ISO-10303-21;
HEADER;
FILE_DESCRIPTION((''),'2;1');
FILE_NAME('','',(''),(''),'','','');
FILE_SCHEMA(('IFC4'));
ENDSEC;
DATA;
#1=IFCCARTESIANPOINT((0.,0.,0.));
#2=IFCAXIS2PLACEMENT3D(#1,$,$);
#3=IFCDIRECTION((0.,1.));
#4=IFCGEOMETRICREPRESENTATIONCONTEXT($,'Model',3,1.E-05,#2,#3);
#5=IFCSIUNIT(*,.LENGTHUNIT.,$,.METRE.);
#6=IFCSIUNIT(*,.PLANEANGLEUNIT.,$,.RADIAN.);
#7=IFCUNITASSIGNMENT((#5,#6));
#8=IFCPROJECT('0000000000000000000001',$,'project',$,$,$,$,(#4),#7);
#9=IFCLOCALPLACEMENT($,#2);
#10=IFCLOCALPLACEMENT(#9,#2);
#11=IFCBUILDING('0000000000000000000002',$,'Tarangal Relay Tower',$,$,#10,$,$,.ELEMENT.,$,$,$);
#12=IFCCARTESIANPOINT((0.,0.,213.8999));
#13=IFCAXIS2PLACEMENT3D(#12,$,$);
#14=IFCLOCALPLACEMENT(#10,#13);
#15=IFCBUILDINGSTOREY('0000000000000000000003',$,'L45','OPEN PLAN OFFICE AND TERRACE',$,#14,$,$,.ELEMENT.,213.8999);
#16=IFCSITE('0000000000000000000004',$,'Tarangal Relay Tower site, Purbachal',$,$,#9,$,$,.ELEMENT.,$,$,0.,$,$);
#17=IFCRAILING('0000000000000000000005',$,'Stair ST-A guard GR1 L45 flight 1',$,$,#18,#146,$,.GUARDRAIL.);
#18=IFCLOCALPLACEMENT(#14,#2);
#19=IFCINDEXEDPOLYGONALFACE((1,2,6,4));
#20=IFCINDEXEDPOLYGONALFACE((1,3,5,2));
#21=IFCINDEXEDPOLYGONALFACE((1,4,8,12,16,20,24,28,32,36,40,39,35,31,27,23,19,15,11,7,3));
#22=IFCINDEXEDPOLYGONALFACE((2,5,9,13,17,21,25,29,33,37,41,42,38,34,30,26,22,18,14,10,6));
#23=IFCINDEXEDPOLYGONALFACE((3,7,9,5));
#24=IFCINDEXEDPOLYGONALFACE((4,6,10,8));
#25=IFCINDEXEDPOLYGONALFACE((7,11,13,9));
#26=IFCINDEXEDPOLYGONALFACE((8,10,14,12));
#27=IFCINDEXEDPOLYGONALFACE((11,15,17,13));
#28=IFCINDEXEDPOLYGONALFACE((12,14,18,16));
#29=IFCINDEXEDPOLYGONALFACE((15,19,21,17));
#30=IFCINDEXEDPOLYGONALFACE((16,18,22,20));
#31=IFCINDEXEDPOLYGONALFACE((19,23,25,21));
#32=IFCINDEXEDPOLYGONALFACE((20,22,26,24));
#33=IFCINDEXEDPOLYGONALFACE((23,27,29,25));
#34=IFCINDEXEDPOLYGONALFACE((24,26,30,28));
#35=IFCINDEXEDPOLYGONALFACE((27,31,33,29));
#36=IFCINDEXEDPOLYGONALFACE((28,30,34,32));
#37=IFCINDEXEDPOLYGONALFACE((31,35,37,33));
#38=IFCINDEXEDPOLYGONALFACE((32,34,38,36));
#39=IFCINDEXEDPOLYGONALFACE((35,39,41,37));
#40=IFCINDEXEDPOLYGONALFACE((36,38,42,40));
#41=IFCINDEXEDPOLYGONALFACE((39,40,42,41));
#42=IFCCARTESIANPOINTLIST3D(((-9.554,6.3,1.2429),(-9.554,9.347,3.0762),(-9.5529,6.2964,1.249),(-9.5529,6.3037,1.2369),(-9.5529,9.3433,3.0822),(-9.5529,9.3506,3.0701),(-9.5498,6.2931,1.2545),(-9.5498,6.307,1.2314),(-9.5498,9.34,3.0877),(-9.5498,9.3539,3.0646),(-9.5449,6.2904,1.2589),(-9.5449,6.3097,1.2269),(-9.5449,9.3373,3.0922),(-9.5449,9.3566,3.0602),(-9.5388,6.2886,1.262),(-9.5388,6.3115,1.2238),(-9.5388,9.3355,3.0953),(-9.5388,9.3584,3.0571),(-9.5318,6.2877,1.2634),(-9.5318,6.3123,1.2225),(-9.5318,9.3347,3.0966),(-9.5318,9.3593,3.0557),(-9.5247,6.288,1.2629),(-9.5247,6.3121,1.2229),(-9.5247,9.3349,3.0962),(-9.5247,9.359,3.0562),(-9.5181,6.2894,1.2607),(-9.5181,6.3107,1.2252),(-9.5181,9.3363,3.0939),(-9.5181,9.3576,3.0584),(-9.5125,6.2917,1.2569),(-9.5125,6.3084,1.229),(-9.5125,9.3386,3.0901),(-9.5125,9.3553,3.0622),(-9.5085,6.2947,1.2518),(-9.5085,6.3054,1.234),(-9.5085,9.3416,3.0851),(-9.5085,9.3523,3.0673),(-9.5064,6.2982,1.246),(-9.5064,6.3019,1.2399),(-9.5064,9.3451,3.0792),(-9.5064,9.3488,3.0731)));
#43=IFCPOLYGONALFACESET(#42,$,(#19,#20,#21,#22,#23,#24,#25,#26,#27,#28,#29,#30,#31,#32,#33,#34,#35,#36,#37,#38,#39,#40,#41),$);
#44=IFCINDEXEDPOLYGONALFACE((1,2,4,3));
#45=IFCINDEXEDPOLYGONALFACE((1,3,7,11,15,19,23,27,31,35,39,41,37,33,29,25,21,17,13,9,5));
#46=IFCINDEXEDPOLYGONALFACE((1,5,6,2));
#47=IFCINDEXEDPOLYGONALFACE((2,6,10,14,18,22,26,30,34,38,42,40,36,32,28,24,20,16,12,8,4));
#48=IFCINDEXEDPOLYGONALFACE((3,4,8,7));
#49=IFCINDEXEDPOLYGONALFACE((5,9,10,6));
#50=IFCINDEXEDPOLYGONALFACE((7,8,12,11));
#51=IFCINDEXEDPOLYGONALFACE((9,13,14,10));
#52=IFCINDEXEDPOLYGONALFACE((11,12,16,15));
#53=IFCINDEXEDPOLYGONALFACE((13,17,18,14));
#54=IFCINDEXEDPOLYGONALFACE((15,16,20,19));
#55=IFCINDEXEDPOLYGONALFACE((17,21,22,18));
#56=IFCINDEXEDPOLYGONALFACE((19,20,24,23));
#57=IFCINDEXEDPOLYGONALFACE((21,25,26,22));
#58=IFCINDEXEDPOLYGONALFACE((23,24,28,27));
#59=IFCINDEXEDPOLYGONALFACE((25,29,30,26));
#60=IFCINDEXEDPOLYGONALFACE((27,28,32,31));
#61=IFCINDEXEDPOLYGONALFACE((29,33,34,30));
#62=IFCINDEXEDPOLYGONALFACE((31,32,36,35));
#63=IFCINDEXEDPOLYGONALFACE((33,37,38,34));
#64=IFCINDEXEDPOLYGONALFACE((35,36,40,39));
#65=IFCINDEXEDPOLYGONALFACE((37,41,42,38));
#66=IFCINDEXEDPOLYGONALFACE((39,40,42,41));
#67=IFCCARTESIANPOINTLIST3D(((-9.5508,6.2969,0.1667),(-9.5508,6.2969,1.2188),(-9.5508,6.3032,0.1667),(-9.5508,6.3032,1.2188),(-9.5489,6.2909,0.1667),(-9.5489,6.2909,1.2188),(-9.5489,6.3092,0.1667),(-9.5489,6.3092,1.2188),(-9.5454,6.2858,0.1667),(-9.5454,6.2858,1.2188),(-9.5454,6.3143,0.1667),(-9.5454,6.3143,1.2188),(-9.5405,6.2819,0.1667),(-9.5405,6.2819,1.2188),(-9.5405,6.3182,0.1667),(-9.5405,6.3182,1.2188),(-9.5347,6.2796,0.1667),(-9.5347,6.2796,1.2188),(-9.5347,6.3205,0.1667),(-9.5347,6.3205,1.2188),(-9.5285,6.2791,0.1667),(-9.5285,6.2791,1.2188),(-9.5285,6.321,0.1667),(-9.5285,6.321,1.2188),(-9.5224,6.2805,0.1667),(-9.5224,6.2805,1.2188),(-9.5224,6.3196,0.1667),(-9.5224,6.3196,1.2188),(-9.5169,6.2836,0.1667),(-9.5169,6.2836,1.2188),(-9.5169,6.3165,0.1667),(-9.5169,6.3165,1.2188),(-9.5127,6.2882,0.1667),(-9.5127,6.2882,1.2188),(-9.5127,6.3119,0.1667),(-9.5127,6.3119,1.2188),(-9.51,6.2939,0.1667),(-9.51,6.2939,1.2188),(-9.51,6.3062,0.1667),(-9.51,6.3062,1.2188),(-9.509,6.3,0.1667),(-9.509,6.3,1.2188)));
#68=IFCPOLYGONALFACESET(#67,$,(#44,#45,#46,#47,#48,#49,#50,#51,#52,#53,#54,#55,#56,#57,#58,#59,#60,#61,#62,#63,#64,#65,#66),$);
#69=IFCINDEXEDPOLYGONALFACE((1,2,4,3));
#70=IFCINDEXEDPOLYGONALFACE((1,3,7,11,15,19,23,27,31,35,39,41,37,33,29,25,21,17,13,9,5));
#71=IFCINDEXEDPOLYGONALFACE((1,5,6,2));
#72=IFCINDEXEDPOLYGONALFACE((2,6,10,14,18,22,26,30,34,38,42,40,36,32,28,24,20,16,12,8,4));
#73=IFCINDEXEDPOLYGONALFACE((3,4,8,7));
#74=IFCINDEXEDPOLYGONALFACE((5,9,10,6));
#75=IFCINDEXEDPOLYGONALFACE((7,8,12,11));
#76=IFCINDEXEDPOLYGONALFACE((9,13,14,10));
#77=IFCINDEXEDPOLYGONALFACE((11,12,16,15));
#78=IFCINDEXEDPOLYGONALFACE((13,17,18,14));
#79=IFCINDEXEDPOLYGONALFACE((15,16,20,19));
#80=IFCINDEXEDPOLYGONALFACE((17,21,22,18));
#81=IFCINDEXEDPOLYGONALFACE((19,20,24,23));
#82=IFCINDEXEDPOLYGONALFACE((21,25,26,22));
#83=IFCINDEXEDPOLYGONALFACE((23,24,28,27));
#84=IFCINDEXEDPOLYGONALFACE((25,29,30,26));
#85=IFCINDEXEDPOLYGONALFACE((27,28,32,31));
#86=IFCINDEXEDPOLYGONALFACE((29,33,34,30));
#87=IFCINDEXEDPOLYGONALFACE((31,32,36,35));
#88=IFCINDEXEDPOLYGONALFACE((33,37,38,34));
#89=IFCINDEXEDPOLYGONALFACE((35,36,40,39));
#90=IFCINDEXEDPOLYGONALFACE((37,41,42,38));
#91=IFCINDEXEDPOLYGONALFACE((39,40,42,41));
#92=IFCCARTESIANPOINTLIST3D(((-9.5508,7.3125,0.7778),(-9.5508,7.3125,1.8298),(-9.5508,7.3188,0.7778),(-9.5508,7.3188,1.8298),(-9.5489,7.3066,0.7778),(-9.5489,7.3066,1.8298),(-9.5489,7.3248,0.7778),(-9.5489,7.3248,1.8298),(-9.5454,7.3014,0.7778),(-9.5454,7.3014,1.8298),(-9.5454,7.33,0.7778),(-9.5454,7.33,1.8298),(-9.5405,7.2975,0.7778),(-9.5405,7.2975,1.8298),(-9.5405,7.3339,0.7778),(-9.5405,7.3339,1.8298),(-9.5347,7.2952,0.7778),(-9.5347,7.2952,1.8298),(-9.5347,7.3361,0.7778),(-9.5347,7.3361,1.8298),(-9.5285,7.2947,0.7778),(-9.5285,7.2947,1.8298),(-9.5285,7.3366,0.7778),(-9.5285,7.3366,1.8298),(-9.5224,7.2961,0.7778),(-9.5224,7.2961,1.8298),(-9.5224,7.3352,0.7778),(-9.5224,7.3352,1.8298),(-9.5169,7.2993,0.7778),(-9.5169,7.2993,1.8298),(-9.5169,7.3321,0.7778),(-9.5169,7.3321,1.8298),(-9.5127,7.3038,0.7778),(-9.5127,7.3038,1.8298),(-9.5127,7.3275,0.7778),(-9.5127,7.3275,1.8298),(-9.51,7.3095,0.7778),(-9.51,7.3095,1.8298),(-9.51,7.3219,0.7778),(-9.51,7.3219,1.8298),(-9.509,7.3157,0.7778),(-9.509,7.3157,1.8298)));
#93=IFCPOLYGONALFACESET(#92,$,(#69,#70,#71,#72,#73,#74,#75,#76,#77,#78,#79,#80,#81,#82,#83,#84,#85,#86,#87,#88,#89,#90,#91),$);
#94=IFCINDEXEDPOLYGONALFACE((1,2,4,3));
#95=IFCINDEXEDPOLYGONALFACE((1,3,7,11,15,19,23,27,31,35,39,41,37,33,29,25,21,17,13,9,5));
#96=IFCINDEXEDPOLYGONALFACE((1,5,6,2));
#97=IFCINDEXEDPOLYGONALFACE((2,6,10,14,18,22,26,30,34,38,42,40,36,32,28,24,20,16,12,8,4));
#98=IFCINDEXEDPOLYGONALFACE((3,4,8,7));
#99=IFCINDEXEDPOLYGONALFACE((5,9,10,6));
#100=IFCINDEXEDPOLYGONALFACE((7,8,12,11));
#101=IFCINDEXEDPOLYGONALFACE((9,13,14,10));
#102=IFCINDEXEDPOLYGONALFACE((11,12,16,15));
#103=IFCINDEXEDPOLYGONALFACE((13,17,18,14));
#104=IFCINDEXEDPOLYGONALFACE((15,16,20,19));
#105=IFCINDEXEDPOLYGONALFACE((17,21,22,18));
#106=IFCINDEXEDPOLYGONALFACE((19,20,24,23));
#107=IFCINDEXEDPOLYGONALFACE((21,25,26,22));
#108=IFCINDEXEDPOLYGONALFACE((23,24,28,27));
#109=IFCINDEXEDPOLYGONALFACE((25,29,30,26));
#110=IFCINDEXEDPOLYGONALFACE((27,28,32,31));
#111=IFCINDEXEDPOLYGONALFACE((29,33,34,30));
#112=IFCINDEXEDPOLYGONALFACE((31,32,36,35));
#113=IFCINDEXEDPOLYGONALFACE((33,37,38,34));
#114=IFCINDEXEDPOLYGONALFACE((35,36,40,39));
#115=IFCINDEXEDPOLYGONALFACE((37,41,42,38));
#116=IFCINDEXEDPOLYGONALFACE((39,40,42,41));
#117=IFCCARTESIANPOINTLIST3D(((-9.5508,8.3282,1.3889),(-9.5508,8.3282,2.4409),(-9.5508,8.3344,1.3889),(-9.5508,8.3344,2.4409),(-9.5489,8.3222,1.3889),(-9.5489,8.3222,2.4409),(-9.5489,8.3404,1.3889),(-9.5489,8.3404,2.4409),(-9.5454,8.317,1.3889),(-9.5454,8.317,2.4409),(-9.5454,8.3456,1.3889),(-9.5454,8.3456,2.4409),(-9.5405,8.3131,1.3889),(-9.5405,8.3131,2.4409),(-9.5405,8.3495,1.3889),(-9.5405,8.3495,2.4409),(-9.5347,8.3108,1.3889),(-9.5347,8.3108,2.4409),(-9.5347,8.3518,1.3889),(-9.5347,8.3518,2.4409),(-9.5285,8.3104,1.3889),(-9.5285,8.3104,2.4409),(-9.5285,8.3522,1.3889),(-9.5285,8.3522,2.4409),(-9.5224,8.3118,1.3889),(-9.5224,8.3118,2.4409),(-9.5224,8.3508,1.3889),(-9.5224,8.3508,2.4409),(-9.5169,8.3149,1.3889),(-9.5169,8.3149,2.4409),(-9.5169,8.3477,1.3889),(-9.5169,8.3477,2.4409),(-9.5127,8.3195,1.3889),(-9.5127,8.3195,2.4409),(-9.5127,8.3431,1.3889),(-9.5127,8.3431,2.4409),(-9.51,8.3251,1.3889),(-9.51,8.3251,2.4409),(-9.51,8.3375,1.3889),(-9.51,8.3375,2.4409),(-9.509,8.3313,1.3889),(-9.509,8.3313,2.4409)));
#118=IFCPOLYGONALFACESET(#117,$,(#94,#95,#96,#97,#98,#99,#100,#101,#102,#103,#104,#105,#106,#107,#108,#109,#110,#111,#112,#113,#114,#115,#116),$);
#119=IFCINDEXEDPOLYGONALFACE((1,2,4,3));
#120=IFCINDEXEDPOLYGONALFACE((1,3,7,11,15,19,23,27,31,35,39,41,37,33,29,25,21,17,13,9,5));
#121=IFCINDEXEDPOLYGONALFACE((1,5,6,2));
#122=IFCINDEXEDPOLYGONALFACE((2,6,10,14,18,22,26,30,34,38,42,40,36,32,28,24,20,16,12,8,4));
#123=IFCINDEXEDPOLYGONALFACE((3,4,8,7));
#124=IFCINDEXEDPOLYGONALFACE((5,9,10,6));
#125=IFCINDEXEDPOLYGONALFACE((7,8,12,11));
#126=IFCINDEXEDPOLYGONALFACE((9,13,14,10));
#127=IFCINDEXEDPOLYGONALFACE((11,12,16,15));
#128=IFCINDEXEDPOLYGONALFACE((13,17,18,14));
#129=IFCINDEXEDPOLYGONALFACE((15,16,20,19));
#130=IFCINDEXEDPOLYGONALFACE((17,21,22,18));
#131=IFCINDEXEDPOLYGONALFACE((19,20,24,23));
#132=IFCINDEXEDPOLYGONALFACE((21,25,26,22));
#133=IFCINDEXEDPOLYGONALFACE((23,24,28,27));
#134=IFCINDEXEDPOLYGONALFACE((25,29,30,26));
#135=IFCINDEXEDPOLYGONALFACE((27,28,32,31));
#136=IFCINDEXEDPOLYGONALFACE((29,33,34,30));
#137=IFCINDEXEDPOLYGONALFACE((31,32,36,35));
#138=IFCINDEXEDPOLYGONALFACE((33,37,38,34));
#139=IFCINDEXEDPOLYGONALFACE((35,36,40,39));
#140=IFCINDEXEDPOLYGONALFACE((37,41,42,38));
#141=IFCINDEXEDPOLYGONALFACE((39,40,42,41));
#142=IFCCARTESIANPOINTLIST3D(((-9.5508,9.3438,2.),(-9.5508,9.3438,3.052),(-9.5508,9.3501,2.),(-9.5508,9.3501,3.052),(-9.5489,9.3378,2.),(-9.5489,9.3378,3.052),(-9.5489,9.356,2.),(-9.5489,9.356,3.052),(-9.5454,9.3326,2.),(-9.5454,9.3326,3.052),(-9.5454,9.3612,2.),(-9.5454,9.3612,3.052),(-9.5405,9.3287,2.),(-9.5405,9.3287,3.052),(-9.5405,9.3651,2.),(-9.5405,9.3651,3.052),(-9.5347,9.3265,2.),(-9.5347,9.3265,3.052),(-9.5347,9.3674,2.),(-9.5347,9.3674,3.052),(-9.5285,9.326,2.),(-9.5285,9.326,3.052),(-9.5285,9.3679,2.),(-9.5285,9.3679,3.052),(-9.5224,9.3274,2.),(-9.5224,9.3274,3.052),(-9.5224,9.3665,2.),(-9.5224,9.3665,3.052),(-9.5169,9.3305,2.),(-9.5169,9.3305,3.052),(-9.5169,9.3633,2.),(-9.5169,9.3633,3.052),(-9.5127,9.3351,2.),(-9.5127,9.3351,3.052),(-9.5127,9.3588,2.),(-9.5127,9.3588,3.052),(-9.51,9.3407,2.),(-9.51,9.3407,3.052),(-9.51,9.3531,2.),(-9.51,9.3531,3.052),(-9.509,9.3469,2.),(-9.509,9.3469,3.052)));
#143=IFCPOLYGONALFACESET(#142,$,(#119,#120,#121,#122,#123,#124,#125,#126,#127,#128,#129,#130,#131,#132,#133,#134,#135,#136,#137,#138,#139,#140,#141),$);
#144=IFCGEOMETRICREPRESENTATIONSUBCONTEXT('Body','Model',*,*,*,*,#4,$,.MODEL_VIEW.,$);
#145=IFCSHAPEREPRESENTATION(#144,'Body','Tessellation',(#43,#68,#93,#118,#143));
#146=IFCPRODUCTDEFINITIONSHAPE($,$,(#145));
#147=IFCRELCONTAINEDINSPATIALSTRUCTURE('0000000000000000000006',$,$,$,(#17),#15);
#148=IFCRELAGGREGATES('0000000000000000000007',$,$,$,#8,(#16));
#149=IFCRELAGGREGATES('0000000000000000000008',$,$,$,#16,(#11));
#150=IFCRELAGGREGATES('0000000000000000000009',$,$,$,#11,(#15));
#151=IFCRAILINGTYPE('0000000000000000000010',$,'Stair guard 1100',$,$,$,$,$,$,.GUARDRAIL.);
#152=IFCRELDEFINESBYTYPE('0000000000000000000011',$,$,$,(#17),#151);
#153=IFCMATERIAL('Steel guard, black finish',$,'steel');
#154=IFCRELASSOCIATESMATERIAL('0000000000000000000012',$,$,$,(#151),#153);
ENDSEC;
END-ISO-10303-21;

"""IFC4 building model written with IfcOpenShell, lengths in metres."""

from ifc_helpers import new_model, si_unit, direction, frame, origin, origin_2d, place, context, subcontext, project, spatial, circle, extrude, material, type_object, element, save


model = new_model("IFC4")

# Units and contexts
model_context = context("Model", 3, precision=1e-05, world=origin(), true_north=direction((0.0, 1.0)))
body_context = subcontext(model_context, "Body", "Model", "MODEL_VIEW")
ifc_project = project(units=[si_unit("LENGTHUNIT", "METRE"), si_unit("PLANEANGLEUNIT", "RADIAN")], contexts=[model_context])

# Site, building, storey
site_placement = place(None, origin())
site = spatial("IfcSite", under=ifc_project, at=site_placement, Name="Tarangal Relay Tower site, Purbachal", CompositionType="ELEMENT", RefElevation=0.0)
building_placement = place(site_placement, origin())
building = spatial("IfcBuilding", under=site, at=building_placement, Name="Tarangal Relay Tower", CompositionType="ELEMENT")
storey_placement = place(building_placement, frame((0.0, 0.0, 213.8999)))
storey = spatial("IfcBuildingStorey", under=building, at=storey_placement, Name="L45", Description="OPEN PLAN OFFICE AND TERRACE", CompositionType="ELEMENT", Elevation=213.8999)

# Railing
ifc_material_1 = material(Name="Steel guard, black finish", Category="steel")
railing_type_1 = type_object("IfcRailingType", Name="Stair guard 1100", PredefinedType="GUARDRAIL", material=ifc_material_1)
railing_1_placement = place(storey_placement, frame((-9.53, 6.3, 0.1667)))
element("IfcRailing", 1, at=railing_1_placement, inside=storey, type_object=railing_type_1, Name="Stair ST-A guard GR1 L45 flight 1", PredefinedType="GUARDRAIL", context=body_context, shape_type="SweptSolid", body=[
    extrude(circle(Radius=0.0239, at=origin_2d()), frame((0.0, 0.0, 1.0762), z_axis=(0.0, 0.856856, 0.515556), x_axis=(-1.0, 0.0, 0.0)), (0.0, 0.0, 1.0), 3.5559),
    extrude(circle(Radius=0.021, at=origin_2d()), origin(), (0.0, 0.0, 1.0), 1.052),
    extrude(circle(Radius=0.021, at=origin_2d()), frame((0.0, 1.0156, 0.6111)), (0.0, 0.0, 1.0), 1.052),
    extrude(circle(Radius=0.021, at=origin_2d()), frame((0.0, 2.0312, 1.2222)), (0.0, 0.0, 1.0), 1.052),
    extrude(circle(Radius=0.021, at=origin_2d()), frame((0.0, 3.0469, 1.8333)), (0.0, 0.0, 1.0), 1.052),
])

save(model, "model.ifc")
